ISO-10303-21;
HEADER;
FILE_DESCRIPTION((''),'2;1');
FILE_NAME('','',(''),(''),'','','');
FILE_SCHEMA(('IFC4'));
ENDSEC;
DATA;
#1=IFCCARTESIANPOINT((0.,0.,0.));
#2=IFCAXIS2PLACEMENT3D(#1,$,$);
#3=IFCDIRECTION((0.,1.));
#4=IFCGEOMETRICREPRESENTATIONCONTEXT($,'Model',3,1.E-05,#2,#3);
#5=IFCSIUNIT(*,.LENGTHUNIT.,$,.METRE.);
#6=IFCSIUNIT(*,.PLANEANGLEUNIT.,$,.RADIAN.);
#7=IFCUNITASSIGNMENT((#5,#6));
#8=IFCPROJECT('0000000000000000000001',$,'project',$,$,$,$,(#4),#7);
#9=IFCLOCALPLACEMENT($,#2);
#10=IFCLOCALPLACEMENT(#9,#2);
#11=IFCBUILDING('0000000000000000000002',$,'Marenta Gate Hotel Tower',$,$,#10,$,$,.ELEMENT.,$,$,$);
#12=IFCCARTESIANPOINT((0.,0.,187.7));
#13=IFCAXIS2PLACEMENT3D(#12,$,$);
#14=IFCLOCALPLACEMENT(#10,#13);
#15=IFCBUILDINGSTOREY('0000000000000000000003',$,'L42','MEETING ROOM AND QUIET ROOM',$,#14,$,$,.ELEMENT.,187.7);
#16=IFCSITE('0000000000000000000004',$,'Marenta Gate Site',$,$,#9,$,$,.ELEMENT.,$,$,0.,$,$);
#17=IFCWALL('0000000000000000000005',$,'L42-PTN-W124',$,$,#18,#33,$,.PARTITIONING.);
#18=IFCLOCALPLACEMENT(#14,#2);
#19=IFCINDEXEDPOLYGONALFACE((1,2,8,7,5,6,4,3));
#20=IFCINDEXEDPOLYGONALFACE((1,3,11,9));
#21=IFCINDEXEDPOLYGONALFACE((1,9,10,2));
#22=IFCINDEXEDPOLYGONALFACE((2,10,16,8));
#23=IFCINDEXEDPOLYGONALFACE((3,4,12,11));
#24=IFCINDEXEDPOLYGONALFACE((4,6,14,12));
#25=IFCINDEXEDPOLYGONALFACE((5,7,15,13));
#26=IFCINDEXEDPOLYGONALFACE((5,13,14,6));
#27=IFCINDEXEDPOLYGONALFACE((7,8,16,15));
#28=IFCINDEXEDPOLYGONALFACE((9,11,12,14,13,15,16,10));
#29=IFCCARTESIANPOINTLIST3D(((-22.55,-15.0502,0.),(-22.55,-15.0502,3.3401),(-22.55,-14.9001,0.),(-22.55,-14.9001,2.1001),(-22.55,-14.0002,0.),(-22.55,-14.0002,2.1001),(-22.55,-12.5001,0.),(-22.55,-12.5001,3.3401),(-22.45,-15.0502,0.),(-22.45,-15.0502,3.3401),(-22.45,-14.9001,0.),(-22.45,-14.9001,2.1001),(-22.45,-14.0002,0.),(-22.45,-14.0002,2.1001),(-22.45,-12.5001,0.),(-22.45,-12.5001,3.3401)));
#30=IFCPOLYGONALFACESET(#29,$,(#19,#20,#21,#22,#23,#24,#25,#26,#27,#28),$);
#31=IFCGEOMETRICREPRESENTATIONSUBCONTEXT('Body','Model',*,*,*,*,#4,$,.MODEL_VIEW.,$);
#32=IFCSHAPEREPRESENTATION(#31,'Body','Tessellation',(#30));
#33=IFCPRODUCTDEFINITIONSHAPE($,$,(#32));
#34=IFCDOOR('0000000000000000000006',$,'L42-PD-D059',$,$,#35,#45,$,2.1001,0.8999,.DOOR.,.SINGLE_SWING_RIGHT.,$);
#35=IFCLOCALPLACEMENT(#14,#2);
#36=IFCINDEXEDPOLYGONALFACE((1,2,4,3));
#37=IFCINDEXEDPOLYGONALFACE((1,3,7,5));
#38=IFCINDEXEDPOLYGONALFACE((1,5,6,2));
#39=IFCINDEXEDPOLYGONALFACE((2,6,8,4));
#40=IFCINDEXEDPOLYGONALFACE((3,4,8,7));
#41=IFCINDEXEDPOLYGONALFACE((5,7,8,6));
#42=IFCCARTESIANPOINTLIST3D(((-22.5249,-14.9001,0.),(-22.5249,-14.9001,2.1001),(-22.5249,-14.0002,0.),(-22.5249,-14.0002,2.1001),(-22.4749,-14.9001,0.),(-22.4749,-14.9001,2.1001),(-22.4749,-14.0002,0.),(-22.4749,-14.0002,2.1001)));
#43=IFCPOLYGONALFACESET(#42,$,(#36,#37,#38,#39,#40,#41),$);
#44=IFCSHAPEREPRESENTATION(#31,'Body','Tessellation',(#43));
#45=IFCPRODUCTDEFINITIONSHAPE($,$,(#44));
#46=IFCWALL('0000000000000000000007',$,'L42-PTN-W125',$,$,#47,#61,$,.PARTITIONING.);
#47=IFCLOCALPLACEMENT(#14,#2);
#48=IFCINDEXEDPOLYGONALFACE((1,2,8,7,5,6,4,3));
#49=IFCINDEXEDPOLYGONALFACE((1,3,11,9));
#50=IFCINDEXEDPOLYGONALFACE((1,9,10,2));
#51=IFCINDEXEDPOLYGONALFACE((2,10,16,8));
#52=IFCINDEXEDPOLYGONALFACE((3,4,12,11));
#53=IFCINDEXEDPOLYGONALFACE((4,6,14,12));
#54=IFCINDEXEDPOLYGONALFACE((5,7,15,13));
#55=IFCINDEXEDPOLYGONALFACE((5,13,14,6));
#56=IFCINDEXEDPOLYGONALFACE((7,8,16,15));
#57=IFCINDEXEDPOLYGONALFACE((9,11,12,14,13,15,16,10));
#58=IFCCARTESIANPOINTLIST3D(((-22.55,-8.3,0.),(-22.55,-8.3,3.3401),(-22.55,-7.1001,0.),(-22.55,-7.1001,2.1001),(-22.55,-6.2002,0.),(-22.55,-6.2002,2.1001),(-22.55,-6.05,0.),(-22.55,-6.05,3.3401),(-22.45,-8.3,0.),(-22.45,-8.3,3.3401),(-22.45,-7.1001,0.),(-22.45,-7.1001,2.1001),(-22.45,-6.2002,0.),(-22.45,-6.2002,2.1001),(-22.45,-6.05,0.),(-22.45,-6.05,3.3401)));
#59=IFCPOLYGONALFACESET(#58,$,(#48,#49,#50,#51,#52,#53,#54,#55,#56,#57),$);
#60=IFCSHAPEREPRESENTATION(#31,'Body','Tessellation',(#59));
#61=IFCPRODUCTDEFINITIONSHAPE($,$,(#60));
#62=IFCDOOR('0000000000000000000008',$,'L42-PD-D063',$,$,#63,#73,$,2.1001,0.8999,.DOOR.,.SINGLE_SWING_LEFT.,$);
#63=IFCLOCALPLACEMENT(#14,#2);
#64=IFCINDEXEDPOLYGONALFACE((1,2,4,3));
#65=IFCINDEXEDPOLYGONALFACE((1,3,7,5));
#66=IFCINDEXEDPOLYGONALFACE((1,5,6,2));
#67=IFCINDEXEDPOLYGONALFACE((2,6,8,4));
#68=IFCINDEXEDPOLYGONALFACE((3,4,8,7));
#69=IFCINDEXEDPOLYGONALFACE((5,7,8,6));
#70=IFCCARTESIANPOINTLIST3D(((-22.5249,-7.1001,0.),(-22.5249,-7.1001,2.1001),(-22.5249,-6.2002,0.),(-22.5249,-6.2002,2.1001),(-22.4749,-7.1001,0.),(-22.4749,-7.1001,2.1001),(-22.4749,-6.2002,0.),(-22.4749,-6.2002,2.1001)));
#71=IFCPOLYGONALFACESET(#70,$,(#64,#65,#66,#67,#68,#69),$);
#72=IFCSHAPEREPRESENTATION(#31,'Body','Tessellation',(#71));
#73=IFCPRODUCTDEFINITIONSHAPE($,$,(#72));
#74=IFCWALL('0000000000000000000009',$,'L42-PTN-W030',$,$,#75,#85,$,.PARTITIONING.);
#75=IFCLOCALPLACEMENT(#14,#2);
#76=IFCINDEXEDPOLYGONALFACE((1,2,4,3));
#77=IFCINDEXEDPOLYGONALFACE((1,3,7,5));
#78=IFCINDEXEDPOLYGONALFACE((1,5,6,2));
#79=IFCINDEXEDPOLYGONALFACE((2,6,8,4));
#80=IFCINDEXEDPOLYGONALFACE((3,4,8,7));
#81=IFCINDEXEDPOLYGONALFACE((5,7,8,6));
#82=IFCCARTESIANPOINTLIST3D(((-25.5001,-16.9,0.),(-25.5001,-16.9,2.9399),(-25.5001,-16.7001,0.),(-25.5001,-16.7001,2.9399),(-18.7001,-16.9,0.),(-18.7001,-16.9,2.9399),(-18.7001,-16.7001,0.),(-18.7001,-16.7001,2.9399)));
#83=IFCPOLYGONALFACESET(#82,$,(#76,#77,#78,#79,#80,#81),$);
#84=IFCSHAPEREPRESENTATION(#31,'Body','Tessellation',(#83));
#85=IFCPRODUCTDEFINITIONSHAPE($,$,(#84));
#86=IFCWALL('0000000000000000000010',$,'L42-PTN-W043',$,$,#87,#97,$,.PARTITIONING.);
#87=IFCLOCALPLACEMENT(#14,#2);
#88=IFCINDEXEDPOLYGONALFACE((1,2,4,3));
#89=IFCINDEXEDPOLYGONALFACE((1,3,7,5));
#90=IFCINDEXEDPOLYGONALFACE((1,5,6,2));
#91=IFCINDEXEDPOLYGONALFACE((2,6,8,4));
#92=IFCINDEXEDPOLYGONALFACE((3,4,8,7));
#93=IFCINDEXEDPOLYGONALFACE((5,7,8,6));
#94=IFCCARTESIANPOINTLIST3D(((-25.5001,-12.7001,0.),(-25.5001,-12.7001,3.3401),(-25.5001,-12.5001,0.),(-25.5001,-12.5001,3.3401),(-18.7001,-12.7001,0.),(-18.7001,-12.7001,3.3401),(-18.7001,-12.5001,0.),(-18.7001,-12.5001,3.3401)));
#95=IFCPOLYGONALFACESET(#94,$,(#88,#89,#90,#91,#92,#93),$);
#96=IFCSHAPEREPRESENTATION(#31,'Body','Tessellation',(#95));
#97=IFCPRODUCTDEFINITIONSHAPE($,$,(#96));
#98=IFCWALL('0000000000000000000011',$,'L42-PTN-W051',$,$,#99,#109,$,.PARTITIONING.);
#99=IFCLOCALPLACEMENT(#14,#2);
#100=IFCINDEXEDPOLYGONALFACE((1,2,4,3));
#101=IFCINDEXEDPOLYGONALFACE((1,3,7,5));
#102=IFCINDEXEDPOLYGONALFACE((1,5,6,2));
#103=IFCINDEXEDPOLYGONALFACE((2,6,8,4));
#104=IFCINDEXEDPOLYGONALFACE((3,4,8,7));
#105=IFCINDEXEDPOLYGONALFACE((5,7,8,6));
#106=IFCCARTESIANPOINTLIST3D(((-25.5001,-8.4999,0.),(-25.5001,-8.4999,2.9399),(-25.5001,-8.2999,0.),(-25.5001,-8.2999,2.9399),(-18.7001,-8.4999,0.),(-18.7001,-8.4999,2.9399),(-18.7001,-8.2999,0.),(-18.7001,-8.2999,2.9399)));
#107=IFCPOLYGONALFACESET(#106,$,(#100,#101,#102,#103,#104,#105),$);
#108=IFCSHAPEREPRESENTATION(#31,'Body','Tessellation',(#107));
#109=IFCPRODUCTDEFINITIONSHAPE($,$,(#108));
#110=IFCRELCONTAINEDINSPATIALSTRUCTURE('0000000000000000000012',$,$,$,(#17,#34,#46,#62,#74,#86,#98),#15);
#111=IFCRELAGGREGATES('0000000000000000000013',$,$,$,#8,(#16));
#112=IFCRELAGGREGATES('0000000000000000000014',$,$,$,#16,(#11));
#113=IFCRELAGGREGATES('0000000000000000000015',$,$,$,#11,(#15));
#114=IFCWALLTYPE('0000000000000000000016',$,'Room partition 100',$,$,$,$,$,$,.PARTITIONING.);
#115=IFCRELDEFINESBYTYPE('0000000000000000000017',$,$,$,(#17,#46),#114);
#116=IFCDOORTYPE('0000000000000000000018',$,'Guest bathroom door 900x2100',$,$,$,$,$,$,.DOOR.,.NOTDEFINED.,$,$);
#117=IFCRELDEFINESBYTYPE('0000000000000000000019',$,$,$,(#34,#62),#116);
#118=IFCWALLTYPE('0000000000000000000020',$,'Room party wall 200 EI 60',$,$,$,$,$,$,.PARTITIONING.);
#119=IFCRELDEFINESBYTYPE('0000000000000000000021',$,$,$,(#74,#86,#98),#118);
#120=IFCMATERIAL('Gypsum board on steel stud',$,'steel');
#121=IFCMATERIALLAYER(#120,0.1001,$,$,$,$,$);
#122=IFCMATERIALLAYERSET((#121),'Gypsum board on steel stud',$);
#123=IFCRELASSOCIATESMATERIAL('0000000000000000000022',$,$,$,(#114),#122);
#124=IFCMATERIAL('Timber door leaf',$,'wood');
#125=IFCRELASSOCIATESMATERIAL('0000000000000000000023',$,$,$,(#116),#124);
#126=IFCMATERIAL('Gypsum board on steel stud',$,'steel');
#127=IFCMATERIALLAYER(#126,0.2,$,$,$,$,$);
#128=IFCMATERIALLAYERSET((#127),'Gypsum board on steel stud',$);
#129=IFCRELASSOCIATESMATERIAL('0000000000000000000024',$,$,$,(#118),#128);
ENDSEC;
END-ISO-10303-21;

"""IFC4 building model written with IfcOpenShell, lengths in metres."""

from ifc_helpers import new_model, si_unit, direction, frame, frame_2d, origin, place, context, subcontext, project, spatial, rectangle, extrude, material, layer, layer_set, type_object, element, fill, save


model = new_model("IFC4")

# Units and contexts
model_context = context("Model", 3, precision=1e-05, world=origin(), true_north=direction((0.0, 1.0)))
body_context = subcontext(model_context, "Body", "Model", "MODEL_VIEW")
ifc_project = project(units=[si_unit("LENGTHUNIT", "METRE"), si_unit("PLANEANGLEUNIT", "RADIAN")], contexts=[model_context])

# Site, building, storey
site_placement = place(None, origin())
site = spatial("IfcSite", under=ifc_project, at=site_placement, Name="Marenta Gate Site", CompositionType="ELEMENT", RefElevation=0.0)
building_placement = place(site_placement, origin())
building = spatial("IfcBuilding", under=site, at=building_placement, Name="Marenta Gate Hotel Tower", CompositionType="ELEMENT")
storey_placement = place(building_placement, frame((0.0, 0.0, 187.7)))
storey = spatial("IfcBuildingStorey", under=building, at=storey_placement, Name="L42", Description="MEETING ROOM AND QUIET ROOM", CompositionType="ELEMENT", Elevation=187.7)

# Shared definitions
ifc_material_1 = material(Name="Gypsum board on steel stud", Category="steel")
ifc_layer_1 = layer(ifc_material_1, 0.1001)
ifc_layer_set_1 = layer_set([ifc_layer_1], Name="Gypsum board on steel stud")
wall_type_1 = type_object("IfcWallType", Name="Room partition 100", PredefinedType="PARTITIONING", material=ifc_layer_set_1)

# Walls, openings, doors
ifc_material_2 = material(Name="Timber door leaf", Category="wood")
door_type = type_object("IfcDoorType", Name="Guest bathroom door 900x2100", OperationType="NOTDEFINED", PredefinedType="DOOR", material=ifc_material_2)
wall_1_placement = place(storey_placement, frame((-22.5, -15.05, 0.0), z_axis=(0.0, 0.0, 1.0), x_axis=(0.0, 1.0, 0.0)))
wall_1 = element("IfcWall", 1, at=wall_1_placement, inside=storey, type_object=wall_type_1, Name="L42-PTN-W124", PredefinedType="PARTITIONING", context=body_context, shape_type="SweptSolid", body=[
    extrude(rectangle(XDim=2.55, YDim=0.1001, at=frame_2d((1.2749, 0.0))), origin(), (0.0, 0.0, 1.0), 3.3401),
])
opening_1_placement = place(wall_1_placement, frame((0.1499, 0.0, 0.0)))
opening_1 = element("IfcOpeningElement", 2, at=opening_1_placement, cuts=wall_1, PredefinedType="OPENING", context=body_context, shape_type="SweptSolid", body=[
    extrude(rectangle(XDim=0.8999, YDim=2.1001, at=frame_2d((0.45, 1.05))), frame((0.0, 0.05, 0.0), z_axis=(0.0, -1.0, 0.0), x_axis=(1.0, 0.0, 0.0)), (0.0, 0.0, 1.0), 0.1001),
])
door_1_placement = place(opening_1_placement, origin())
door_1 = element("IfcDoor", 3, at=door_1_placement, inside=storey, type_object=door_type, Name="L42-PD-D059", OperationType="SINGLE_SWING_RIGHT", OverallHeight=2.1001, OverallWidth=0.8999, PredefinedType="DOOR", context=body_context, shape_type="SweptSolid", body=[
    extrude(rectangle(XDim=0.8999, YDim=2.1001, at=frame_2d((0.45, 1.05))), frame((0.0, 0.0249, 0.0), z_axis=(0.0, -1.0, 0.0), x_axis=(1.0, 0.0, 0.0)), (0.0, 0.0, 1.0), 0.05),
])
fill(opening_1, door_1)
wall_2_placement = place(storey_placement, frame((-22.5, -8.3, 0.0), z_axis=(0.0, 0.0, 1.0), x_axis=(0.0, 1.0, 0.0)))
wall_2 = element("IfcWall", 4, at=wall_2_placement, inside=storey, type_object=wall_type_1, Name="L42-PTN-W125", PredefinedType="PARTITIONING", context=body_context, shape_type="SweptSolid", body=[
    extrude(rectangle(XDim=2.25, YDim=0.1001, at=frame_2d((1.125, 0.0))), origin(), (0.0, 0.0, 1.0), 3.3401),
])
opening_2_placement = place(wall_2_placement, frame((1.2, 0.0, 0.0)))
opening_2 = element("IfcOpeningElement", 5, at=opening_2_placement, cuts=wall_2, PredefinedType="OPENING", context=body_context, shape_type="SweptSolid", body=[
    extrude(rectangle(XDim=0.8999, YDim=2.1001, at=frame_2d((0.45, 1.05))), frame((0.0, 0.05, 0.0), z_axis=(0.0, -1.0, 0.0), x_axis=(1.0, 0.0, 0.0)), (0.0, 0.0, 1.0), 0.1001),
])
door_2_placement = place(opening_2_placement, origin())
door_2 = element("IfcDoor", 6, at=door_2_placement, inside=storey, type_object=door_type, Name="L42-PD-D063", OperationType="SINGLE_SWING_LEFT", OverallHeight=2.1001, OverallWidth=0.8999, PredefinedType="DOOR", context=body_context, shape_type="SweptSolid", body=[
    extrude(rectangle(XDim=0.8999, YDim=2.1001, at=frame_2d((0.45, 1.05))), frame((0.0, 0.0249, 0.0), z_axis=(0.0, -1.0, 0.0), x_axis=(1.0, 0.0, 0.0)), (0.0, 0.0, 1.0), 0.05),
])
fill(opening_2, door_2)

# Walls
ifc_material_3 = material(Name="Gypsum board on steel stud", Category="steel")
ifc_layer_2 = layer(ifc_material_3, 0.2)
ifc_layer_set_2 = layer_set([ifc_layer_2], Name="Gypsum board on steel stud")
wall_type_2 = type_object("IfcWallType", Name="Room party wall 200 EI 60", PredefinedType="PARTITIONING", material=ifc_layer_set_2)
wall_3_placement = place(storey_placement, frame((-25.5, -16.8, 0.0), z_axis=(0.0, 0.0, 1.0), x_axis=(1.0, 0.0, 0.0)))
element("IfcWall", 7, at=wall_3_placement, inside=storey, type_object=wall_type_2, Name="L42-PTN-W030", PredefinedType="PARTITIONING", context=body_context, shape_type="SweptSolid", body=[
    extrude(rectangle(XDim=6.8, YDim=0.2, at=frame_2d((3.3999, 0.0))), origin(), (0.0, 0.0, 1.0), 2.9399),
])
wall_4_placement = place(storey_placement, frame((-25.5, -12.6001, 0.0), z_axis=(0.0, 0.0, 1.0), x_axis=(1.0, 0.0, 0.0)))
element("IfcWall", 8, at=wall_4_placement, inside=storey, type_object=wall_type_2, Name="L42-PTN-W043", PredefinedType="PARTITIONING", context=body_context, shape_type="SweptSolid", body=[
    extrude(rectangle(XDim=6.8, YDim=0.2, at=frame_2d((3.3999, 0.0))), origin(), (0.0, 0.0, 1.0), 3.3401),
])
wall_5_placement = place(storey_placement, frame((-25.5, -8.3999, 0.0), z_axis=(0.0, 0.0, 1.0), x_axis=(1.0, 0.0, 0.0)))
element("IfcWall", 9, at=wall_5_placement, inside=storey, type_object=wall_type_2, Name="L42-PTN-W051", PredefinedType="PARTITIONING", context=body_context, shape_type="SweptSolid", body=[
    extrude(rectangle(XDim=6.8, YDim=0.2, at=frame_2d((3.3999, 0.0))), origin(), (0.0, 0.0, 1.0), 2.9399),
])

save(model, "model.ifc")
